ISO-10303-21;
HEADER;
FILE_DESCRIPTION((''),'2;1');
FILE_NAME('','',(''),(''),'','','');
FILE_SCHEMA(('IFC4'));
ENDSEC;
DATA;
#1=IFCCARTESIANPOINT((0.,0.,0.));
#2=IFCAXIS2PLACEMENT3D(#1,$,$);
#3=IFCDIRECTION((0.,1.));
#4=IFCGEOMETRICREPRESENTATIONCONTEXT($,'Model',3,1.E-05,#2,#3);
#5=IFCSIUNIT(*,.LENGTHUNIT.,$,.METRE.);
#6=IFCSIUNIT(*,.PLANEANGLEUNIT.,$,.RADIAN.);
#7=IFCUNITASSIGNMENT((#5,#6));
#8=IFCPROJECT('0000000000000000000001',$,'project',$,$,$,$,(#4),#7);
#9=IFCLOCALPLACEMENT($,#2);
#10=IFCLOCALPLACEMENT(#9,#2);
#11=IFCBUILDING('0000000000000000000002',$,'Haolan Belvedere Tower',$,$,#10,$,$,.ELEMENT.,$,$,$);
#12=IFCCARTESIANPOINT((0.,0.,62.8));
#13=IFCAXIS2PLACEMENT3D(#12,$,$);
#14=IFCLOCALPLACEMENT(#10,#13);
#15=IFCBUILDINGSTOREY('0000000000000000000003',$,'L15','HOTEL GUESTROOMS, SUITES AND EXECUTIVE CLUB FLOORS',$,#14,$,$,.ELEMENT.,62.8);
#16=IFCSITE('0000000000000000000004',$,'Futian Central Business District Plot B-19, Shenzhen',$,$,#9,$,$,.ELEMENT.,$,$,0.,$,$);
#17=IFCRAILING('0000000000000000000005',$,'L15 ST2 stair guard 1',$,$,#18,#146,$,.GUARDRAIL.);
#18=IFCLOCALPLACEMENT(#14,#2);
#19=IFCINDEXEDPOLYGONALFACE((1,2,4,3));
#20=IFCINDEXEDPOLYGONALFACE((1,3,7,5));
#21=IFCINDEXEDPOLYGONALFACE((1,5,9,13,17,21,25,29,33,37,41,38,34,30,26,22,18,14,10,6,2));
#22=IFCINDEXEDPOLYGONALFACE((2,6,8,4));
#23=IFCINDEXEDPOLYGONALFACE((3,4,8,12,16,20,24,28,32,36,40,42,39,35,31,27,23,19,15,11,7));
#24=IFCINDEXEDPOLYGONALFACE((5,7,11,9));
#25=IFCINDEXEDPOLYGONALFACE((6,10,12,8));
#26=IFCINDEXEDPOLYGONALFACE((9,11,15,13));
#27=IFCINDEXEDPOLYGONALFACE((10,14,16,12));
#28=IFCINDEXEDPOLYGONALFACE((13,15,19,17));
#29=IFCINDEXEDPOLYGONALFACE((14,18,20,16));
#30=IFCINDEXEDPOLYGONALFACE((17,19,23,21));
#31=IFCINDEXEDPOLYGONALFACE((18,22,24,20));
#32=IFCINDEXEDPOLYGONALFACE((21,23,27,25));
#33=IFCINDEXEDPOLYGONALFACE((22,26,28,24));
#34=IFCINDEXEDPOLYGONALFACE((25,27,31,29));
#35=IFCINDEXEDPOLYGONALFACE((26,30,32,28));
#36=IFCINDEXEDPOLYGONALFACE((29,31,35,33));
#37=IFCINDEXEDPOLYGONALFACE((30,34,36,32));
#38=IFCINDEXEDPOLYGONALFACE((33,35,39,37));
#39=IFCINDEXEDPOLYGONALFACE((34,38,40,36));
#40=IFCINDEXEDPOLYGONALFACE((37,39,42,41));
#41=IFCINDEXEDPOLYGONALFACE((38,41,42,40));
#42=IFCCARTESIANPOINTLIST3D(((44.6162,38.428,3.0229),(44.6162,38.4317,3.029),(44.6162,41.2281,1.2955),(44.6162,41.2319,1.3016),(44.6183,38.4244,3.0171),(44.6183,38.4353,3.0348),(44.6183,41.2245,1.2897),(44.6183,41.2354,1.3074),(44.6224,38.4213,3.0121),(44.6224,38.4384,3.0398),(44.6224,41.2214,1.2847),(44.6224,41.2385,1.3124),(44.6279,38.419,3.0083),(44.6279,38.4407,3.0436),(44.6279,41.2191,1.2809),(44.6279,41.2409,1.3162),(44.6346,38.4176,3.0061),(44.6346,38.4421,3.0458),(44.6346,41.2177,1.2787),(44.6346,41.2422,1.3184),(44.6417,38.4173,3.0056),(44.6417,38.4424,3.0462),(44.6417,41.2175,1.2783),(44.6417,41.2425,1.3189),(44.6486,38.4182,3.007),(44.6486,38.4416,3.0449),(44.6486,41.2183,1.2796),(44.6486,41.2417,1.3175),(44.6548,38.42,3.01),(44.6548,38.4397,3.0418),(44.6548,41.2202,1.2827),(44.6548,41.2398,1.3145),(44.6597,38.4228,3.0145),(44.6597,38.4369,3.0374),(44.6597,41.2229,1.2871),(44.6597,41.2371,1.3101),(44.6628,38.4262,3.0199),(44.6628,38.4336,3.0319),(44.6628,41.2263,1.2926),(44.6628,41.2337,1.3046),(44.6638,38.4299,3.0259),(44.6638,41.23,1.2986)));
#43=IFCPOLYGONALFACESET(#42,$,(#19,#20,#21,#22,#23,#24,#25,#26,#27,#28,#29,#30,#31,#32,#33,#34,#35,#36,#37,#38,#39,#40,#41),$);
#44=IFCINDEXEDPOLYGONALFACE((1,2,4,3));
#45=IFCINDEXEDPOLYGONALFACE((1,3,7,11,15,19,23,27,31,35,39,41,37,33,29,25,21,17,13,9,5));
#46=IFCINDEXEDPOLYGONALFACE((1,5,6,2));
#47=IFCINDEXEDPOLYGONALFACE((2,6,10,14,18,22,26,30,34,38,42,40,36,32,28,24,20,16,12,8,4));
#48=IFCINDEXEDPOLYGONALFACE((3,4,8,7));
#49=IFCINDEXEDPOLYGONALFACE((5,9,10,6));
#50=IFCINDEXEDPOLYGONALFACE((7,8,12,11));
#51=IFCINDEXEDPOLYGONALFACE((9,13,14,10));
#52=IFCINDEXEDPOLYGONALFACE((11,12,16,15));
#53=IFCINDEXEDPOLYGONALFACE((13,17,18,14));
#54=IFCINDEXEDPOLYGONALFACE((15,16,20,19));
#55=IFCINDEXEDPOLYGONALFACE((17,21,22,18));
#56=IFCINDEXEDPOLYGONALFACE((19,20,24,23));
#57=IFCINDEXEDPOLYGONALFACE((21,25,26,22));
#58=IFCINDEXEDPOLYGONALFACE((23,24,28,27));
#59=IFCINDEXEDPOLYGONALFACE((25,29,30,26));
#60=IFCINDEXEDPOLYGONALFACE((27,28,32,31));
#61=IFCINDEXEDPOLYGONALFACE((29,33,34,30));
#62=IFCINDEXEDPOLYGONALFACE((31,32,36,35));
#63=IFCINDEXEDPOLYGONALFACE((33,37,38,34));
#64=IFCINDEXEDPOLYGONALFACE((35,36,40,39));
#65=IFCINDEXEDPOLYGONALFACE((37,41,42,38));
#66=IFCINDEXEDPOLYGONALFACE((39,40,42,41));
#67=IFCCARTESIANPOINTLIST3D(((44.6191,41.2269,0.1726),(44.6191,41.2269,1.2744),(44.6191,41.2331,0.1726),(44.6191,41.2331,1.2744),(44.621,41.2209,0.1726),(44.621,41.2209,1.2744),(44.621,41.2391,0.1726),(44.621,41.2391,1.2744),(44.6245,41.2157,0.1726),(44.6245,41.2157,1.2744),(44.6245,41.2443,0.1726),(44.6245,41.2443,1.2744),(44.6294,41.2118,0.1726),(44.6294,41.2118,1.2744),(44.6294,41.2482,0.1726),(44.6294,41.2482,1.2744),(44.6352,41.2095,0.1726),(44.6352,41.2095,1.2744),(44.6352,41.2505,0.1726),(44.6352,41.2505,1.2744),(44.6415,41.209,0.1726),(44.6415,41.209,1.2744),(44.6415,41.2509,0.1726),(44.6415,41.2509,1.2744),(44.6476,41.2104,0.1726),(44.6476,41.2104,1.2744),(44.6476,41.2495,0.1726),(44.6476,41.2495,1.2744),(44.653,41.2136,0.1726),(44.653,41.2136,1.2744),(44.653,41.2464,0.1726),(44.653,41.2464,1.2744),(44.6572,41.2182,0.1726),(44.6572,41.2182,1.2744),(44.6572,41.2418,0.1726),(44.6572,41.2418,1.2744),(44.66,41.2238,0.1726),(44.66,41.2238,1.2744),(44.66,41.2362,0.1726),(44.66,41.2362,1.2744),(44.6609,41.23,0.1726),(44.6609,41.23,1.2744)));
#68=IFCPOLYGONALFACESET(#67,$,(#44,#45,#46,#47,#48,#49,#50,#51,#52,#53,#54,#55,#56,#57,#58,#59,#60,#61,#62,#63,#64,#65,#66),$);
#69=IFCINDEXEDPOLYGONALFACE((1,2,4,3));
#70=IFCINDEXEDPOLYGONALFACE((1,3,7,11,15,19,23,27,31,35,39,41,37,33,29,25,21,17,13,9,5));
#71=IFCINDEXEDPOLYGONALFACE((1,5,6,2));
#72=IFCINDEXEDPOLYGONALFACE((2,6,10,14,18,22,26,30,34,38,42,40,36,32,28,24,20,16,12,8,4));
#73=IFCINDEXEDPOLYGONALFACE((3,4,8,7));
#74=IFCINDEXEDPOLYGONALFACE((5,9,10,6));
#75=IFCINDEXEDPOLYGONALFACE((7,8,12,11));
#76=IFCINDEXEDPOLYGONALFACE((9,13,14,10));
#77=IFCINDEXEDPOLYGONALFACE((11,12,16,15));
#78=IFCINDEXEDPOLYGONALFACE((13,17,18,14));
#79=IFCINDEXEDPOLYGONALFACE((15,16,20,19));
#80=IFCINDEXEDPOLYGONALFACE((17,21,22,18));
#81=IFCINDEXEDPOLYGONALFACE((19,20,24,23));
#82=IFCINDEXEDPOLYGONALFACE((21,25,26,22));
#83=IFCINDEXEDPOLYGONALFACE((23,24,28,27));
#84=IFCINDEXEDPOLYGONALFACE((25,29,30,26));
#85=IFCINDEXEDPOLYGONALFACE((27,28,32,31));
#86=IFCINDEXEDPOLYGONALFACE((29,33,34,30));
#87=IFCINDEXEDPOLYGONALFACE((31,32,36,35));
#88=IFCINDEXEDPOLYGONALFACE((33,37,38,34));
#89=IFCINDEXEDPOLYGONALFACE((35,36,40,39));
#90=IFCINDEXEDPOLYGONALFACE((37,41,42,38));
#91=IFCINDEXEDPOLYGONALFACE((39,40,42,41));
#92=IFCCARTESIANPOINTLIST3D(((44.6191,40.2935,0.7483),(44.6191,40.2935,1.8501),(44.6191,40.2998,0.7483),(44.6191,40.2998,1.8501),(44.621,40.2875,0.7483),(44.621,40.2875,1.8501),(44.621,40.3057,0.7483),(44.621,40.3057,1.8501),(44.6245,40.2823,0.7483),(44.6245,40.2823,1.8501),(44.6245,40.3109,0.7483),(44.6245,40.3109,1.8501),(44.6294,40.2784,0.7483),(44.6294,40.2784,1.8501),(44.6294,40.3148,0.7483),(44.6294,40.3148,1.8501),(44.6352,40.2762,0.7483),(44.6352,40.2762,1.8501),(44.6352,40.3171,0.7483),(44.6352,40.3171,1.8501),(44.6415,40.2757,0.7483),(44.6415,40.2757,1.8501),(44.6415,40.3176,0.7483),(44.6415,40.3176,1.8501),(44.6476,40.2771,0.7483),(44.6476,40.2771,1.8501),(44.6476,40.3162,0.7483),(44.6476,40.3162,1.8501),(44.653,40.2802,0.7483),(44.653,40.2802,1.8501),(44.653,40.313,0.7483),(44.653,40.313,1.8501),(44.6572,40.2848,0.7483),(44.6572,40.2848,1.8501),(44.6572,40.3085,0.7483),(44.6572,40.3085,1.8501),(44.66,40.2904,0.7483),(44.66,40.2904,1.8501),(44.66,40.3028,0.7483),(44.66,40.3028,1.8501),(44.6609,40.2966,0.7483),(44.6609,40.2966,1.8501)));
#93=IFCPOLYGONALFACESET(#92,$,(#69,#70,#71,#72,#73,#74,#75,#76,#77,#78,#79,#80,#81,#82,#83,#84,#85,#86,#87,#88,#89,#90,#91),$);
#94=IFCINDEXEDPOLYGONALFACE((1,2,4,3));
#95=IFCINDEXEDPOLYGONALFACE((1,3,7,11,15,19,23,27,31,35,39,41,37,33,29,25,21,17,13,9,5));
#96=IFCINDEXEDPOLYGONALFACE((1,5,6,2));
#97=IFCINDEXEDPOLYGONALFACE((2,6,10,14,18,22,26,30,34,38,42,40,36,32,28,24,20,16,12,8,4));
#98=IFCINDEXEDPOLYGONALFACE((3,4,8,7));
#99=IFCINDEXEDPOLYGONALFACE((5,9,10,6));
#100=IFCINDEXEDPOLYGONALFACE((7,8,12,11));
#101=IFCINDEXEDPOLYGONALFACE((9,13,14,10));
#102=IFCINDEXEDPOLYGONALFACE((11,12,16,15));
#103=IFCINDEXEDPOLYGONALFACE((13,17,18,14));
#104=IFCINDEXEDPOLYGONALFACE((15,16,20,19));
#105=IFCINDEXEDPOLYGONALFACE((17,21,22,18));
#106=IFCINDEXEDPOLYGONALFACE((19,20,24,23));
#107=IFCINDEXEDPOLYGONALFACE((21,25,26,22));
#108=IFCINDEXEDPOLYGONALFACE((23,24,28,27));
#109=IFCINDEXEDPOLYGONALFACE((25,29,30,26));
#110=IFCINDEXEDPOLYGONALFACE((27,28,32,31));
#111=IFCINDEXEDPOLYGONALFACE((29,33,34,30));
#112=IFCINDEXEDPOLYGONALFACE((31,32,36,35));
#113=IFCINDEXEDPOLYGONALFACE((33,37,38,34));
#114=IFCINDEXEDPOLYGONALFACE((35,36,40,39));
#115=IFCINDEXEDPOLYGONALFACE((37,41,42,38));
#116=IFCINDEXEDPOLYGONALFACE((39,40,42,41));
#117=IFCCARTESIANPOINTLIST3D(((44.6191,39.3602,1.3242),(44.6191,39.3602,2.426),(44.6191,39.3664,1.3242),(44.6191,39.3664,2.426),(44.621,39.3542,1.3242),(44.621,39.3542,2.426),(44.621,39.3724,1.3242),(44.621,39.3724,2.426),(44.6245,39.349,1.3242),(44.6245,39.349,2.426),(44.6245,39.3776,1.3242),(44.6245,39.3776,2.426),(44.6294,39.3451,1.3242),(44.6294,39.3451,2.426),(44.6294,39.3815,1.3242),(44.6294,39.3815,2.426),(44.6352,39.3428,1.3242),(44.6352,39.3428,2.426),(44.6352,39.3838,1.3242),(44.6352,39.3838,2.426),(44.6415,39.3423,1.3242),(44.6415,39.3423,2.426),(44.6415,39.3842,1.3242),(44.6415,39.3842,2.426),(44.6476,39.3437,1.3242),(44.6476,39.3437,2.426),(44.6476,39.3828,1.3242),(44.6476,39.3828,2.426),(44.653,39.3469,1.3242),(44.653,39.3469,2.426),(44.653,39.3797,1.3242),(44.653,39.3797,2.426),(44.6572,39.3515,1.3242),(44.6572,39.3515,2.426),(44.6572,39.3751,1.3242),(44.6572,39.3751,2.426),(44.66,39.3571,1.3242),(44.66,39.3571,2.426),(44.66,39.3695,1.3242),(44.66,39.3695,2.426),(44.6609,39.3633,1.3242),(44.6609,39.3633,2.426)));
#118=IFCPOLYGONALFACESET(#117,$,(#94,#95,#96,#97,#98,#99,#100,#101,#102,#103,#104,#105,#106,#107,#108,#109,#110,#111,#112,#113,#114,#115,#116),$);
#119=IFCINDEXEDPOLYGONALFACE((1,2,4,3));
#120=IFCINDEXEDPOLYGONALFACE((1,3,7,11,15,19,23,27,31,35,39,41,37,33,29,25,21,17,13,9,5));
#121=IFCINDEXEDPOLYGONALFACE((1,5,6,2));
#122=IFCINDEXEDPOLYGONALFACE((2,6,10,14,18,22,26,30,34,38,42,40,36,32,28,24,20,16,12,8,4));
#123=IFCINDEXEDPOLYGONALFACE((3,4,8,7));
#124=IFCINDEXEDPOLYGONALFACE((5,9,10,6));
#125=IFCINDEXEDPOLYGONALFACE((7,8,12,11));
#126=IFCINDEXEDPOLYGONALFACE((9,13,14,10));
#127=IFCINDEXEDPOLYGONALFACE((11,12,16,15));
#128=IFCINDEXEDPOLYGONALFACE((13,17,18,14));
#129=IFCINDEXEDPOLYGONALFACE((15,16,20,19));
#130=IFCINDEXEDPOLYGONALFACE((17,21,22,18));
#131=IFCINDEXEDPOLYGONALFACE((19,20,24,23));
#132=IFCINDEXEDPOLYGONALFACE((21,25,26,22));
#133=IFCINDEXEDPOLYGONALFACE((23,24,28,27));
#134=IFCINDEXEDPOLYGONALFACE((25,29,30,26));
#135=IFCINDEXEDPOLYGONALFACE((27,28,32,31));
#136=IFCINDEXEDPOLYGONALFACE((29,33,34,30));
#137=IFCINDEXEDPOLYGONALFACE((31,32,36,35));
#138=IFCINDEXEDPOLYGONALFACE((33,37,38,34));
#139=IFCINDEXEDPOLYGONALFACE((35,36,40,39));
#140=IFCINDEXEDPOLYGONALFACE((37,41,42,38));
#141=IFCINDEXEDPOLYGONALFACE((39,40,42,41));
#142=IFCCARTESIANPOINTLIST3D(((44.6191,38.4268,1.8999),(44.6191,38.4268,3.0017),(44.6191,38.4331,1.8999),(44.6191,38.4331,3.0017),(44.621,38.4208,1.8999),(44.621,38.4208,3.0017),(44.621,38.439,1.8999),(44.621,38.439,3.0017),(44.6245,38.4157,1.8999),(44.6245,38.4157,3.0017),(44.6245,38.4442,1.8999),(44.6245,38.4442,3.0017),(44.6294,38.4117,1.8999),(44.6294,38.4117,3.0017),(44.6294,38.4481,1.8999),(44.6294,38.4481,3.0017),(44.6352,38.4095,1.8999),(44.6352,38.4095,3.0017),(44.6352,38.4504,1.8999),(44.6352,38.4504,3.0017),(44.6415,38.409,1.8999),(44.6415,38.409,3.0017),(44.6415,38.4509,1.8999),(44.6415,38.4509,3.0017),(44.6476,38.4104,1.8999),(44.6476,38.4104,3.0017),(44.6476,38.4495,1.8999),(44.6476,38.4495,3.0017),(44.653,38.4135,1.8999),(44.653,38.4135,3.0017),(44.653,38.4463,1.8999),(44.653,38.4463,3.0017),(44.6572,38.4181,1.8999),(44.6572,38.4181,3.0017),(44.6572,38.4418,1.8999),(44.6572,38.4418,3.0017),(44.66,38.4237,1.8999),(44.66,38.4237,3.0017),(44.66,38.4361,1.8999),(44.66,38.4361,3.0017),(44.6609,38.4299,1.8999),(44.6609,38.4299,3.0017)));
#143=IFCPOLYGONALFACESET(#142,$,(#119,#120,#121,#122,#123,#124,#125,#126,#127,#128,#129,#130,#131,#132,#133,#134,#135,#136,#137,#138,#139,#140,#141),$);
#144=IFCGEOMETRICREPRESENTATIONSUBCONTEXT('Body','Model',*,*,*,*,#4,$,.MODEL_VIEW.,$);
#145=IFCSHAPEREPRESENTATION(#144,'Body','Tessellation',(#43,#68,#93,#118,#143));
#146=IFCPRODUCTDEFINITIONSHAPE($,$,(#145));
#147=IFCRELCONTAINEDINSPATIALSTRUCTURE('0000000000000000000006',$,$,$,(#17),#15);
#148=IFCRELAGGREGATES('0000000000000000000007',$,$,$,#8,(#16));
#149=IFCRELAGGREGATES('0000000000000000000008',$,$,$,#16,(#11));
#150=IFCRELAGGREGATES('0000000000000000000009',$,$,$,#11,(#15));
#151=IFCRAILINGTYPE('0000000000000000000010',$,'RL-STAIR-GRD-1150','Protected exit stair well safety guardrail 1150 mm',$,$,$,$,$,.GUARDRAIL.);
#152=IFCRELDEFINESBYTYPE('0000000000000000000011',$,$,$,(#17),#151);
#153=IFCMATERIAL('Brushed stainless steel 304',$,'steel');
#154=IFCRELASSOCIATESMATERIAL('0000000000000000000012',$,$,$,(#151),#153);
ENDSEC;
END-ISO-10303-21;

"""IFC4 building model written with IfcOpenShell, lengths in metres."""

from ifc_helpers import new_model, si_unit, direction, frame, origin, origin_2d, place, context, subcontext, project, spatial, circle, extrude, material, type_object, element, save


model = new_model("IFC4")

# Units and contexts
model_context = context("Model", 3, precision=1e-05, world=origin(), true_north=direction((0.0, 1.0)))
body_context = subcontext(model_context, "Body", "Model", "MODEL_VIEW")
ifc_project = project(units=[si_unit("LENGTHUNIT", "METRE"), si_unit("PLANEANGLEUNIT", "RADIAN")], contexts=[model_context])

# Site, building, storey
site_placement = place(None, origin())
site = spatial("IfcSite", under=ifc_project, at=site_placement, Name="Futian Central Business District Plot B-19, Shenzhen", CompositionType="ELEMENT", RefElevation=0.0)
building_placement = place(site_placement, origin())
building = spatial("IfcBuilding", under=site, at=building_placement, Name="Haolan Belvedere Tower", CompositionType="ELEMENT")
storey_placement = place(building_placement, frame((0.0, 0.0, 62.8)))
storey = spatial("IfcBuildingStorey", under=building, at=storey_placement, Name="L15", Description="HOTEL GUESTROOMS, SUITES AND EXECUTIVE CLUB FLOORS", CompositionType="ELEMENT", Elevation=62.8)

# Railing
ifc_material_1 = material(Name="Brushed stainless steel 304", Category="steel")
railing_type_1 = type_object("IfcRailingType", Name="RL-STAIR-GRD-1150", Description="Protected exit stair well safety guardrail 1150 mm", PredefinedType="GUARDRAIL", material=ifc_material_1)
railing_1_placement = place(storey_placement, frame((44.6399, 41.23, 0.1726)))
element("IfcRailing", 1, at=railing_1_placement, inside=storey, type_object=railing_type_1, Name="L15 ST2 stair guard 1", PredefinedType="GUARDRAIL", context=body_context, shape_type="SweptSolid", body=[
    extrude(circle(Radius=0.0239, at=origin_2d()), frame((0.0, 0.0, 1.126), z_axis=(0.0, -0.85109, 0.52502), x_axis=(1.0, 0.0, 0.0)), (0.0, 0.0, 1.0), 3.29),
    extrude(circle(Radius=0.021, at=origin_2d()), origin(), (0.0, 0.0, 1.0), 1.1018),
    extrude(circle(Radius=0.021, at=origin_2d()), frame((0.0, -0.9333, 0.5757)), (0.0, 0.0, 1.0), 1.1018),
    extrude(circle(Radius=0.021, at=origin_2d()), frame((0.0, -1.8667, 1.1516)), (0.0, 0.0, 1.0), 1.1018),
    extrude(circle(Radius=0.021, at=origin_2d()), frame((0.0, -2.8, 1.7273)), (0.0, 0.0, 1.0), 1.1018),
])

save(model, "model.ifc")
